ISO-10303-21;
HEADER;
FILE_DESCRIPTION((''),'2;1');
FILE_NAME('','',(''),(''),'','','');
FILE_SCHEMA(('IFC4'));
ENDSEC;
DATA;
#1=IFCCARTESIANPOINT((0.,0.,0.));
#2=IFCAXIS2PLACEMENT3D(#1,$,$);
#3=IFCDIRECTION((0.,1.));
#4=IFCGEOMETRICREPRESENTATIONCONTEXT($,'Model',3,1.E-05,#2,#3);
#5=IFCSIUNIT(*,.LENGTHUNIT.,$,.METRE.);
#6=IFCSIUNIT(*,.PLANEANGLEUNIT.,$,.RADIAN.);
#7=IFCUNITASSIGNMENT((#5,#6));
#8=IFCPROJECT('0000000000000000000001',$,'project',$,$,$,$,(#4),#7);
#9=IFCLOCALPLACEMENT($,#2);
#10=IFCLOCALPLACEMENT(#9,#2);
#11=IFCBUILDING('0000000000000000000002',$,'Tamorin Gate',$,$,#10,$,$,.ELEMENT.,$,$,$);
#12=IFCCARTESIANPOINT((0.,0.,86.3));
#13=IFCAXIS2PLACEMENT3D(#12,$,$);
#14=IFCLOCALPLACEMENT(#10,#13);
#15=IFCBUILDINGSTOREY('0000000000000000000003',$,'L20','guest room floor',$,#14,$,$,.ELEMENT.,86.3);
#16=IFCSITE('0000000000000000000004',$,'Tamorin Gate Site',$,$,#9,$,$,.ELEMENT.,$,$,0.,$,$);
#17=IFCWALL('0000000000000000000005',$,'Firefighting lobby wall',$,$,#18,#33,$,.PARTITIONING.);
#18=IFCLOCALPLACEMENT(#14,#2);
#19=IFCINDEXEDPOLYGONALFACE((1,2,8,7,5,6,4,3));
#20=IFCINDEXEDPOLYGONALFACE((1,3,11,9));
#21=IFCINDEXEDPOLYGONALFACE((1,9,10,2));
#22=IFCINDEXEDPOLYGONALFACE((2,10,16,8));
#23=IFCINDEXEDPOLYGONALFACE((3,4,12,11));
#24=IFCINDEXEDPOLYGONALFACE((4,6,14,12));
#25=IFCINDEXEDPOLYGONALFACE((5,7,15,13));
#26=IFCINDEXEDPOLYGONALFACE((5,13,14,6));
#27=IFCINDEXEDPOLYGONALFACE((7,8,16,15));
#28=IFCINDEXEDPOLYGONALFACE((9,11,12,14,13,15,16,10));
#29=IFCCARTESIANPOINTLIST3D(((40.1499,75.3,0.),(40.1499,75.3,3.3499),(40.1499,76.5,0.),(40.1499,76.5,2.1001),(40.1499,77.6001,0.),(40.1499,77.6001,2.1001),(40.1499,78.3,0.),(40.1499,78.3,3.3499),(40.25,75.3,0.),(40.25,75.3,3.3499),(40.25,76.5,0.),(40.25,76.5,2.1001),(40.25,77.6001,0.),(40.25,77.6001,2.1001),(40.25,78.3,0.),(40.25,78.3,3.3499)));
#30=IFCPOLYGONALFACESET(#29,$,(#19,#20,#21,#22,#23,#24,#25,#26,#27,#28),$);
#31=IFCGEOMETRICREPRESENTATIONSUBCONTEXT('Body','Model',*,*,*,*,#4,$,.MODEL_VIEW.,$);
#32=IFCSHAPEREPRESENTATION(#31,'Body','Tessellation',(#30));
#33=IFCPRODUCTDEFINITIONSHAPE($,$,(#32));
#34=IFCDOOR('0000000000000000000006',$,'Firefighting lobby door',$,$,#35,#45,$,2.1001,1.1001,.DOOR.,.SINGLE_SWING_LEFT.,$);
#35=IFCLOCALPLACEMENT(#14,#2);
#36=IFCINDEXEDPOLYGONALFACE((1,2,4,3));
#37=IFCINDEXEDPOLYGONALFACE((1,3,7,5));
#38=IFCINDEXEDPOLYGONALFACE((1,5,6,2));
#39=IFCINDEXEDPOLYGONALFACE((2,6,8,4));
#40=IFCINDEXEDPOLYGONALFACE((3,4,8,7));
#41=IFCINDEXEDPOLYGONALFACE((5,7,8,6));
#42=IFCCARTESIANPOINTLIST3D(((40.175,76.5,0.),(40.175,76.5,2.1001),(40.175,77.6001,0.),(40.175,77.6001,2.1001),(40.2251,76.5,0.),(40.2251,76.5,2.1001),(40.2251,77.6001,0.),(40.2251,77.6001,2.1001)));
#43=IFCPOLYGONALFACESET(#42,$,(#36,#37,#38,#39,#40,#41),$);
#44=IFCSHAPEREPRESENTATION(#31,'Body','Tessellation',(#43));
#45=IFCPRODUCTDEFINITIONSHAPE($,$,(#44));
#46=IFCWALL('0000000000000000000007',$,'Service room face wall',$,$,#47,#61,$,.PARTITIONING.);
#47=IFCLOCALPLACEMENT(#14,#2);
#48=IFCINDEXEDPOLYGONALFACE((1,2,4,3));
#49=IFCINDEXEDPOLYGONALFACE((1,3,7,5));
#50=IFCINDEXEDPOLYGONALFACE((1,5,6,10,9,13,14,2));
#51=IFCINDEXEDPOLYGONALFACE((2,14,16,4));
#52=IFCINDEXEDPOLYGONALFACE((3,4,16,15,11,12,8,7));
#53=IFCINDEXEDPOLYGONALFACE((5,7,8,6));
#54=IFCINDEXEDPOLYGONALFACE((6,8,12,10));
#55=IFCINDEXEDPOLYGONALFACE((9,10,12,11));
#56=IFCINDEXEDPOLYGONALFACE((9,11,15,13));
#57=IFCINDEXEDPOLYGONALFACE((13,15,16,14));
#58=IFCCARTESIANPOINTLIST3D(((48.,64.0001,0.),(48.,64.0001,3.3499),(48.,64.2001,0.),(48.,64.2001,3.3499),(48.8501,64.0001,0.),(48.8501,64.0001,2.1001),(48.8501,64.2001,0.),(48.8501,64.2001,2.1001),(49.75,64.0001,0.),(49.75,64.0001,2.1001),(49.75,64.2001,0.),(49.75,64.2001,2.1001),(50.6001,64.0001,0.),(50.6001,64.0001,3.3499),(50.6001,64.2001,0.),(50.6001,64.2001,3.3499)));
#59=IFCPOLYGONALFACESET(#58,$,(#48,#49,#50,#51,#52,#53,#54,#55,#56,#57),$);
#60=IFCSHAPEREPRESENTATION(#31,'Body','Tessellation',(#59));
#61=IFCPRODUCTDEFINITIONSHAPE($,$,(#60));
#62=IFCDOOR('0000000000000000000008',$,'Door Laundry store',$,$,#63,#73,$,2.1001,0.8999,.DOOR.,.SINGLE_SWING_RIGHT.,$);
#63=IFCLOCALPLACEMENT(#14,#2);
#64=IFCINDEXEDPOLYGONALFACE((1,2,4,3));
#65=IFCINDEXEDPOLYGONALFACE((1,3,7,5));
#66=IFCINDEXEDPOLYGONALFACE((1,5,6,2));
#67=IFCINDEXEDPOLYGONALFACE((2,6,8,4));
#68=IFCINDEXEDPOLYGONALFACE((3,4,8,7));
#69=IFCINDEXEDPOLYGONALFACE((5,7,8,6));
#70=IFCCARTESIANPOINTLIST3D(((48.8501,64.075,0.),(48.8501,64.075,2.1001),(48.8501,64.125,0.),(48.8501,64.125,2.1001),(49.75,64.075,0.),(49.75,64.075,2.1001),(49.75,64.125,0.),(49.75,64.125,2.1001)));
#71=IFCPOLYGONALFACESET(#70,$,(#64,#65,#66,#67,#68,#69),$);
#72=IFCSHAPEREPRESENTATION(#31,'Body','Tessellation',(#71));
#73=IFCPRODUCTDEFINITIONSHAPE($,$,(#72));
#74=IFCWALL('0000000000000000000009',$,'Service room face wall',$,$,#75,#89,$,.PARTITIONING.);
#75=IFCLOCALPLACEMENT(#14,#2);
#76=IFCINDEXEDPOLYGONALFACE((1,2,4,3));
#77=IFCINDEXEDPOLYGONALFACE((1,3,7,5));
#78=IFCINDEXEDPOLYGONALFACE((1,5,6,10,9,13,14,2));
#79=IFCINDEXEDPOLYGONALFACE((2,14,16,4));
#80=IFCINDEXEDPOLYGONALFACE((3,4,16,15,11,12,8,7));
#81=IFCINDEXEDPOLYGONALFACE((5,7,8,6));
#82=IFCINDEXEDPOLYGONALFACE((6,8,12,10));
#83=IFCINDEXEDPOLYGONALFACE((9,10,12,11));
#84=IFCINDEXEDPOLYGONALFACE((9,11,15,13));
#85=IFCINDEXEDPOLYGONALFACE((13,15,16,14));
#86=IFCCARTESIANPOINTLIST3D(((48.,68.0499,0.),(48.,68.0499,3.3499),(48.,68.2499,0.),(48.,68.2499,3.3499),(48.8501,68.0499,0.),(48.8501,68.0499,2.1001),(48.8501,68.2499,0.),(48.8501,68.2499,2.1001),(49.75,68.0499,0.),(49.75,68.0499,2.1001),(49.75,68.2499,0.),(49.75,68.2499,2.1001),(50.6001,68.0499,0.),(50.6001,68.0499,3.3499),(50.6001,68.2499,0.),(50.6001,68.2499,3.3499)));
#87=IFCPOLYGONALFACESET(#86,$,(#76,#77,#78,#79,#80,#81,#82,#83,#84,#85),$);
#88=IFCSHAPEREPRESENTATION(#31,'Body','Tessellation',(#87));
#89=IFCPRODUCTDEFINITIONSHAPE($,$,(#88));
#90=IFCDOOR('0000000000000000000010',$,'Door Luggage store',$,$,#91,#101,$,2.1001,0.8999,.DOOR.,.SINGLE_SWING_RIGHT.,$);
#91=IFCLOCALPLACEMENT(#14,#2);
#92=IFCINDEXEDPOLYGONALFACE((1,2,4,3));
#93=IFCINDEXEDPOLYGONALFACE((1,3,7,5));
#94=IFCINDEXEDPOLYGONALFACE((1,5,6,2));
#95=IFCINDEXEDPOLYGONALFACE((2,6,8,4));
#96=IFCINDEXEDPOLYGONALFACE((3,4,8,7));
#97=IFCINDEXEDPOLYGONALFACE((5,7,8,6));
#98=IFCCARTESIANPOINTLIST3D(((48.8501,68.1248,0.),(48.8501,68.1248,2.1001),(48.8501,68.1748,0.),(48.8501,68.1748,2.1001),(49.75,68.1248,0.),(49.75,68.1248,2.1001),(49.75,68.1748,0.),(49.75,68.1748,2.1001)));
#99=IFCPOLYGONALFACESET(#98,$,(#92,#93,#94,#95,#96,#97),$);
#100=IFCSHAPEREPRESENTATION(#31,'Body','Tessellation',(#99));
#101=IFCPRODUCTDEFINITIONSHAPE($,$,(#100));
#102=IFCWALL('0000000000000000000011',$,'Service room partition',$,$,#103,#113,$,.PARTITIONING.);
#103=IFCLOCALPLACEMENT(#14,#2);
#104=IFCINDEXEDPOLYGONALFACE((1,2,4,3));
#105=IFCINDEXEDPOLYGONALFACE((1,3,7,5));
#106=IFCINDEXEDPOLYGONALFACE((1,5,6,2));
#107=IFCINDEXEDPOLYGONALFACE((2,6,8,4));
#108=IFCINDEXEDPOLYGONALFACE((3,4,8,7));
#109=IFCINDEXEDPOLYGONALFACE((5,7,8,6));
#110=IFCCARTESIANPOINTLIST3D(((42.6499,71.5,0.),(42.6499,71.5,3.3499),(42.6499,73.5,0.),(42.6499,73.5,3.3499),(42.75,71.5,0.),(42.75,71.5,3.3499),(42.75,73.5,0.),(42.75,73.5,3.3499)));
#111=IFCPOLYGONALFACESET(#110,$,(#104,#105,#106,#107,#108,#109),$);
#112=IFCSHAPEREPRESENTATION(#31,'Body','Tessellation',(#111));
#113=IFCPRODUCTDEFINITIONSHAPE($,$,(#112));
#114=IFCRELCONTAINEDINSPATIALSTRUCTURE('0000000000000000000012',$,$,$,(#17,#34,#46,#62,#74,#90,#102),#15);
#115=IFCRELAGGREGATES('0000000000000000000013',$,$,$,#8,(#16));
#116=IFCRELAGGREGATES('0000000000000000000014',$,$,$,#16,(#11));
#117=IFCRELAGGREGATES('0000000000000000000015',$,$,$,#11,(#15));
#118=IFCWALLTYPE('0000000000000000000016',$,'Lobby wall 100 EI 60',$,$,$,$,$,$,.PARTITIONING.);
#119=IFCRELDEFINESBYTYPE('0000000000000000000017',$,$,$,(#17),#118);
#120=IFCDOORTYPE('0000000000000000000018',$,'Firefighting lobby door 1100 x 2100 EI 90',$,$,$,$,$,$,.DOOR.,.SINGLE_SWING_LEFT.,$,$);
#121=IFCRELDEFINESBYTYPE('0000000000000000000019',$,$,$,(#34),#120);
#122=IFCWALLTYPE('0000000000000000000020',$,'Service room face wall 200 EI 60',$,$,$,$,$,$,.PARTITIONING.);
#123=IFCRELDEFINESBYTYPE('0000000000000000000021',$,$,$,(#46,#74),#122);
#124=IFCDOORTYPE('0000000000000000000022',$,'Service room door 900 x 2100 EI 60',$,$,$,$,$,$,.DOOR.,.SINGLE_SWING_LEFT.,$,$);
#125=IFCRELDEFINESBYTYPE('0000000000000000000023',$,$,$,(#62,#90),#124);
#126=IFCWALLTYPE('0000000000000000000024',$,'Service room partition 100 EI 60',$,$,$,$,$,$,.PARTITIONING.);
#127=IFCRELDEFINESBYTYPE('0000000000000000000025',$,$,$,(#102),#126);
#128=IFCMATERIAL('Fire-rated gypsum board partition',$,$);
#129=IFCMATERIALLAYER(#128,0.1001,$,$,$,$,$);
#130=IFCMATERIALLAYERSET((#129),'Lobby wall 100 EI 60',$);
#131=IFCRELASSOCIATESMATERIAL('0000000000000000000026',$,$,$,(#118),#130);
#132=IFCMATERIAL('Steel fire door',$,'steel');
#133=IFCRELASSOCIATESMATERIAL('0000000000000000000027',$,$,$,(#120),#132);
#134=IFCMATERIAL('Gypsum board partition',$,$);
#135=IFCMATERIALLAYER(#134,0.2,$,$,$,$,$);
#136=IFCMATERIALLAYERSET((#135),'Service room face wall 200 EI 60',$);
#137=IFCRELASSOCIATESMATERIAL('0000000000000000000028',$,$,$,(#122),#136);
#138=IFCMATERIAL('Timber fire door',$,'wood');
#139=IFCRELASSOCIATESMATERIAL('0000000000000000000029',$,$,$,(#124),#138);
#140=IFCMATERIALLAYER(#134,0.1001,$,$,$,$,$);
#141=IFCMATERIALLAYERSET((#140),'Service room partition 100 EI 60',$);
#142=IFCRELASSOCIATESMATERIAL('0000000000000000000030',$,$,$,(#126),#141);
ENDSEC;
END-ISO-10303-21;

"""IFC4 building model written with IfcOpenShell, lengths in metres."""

from ifc_helpers import new_model, si_unit, direction, frame, frame_2d, origin, place, context, subcontext, project, spatial, rectangle, extrude, material, layer, layer_set, type_object, element, fill, save


model = new_model("IFC4")

# Units and contexts
model_context = context("Model", 3, precision=1e-05, world=origin(), true_north=direction((0.0, 1.0)))
body_context = subcontext(model_context, "Body", "Model", "MODEL_VIEW")
ifc_project = project(units=[si_unit("LENGTHUNIT", "METRE"), si_unit("PLANEANGLEUNIT", "RADIAN")], contexts=[model_context])

# Site, building, storey
site_placement = place(None, origin())
site = spatial("IfcSite", under=ifc_project, at=site_placement, Name="Tamorin Gate Site", CompositionType="ELEMENT", RefElevation=0.0)
building_placement = place(site_placement, origin())
building = spatial("IfcBuilding", under=site, at=building_placement, Name="Tamorin Gate", CompositionType="ELEMENT")
storey_placement = place(building_placement, frame((0.0, 0.0, 86.3)))
storey = spatial("IfcBuildingStorey", under=building, at=storey_placement, Name="L20", Description="guest room floor", CompositionType="ELEMENT", Elevation=86.3)

# Shared definitions
ifc_material_1 = material(Name="Fire-rated gypsum board partition")
ifc_layer_1 = layer(ifc_material_1, 0.1001)
ifc_layer_set_1 = layer_set([ifc_layer_1], Name="Lobby wall 100 EI 60")
wall_type_1 = type_object("IfcWallType", Name="Lobby wall 100 EI 60", PredefinedType="PARTITIONING", material=ifc_layer_set_1)

# Walls, openings, doors
wall_1_placement = place(storey_placement, frame((40.2, 75.3, 0.0), z_axis=(0.0, 0.0, 1.0), x_axis=(0.0, 1.0, 0.0)))
wall_1 = element("IfcWall", 1, at=wall_1_placement, inside=storey, type_object=wall_type_1, Name="Firefighting lobby wall", PredefinedType="PARTITIONING", context=body_context, shape_type="SweptSolid", body=[
    extrude(rectangle(XDim=3.0, YDim=0.1001, at=frame_2d((1.5, 0.0))), origin(), (0.0, 0.0, 1.0), 3.3499),
])
opening_1_placement = place(wall_1_placement, frame((1.2, 0.0, 0.0)))
opening_1 = element("IfcOpeningElement", 2, at=opening_1_placement, cuts=wall_1, PredefinedType="OPENING", context=body_context, shape_type="SweptSolid", body=[
    extrude(rectangle(XDim=1.1001, YDim=2.1001, at=frame_2d((0.55, 1.05))), frame((0.0, 0.0601, 0.0), z_axis=(0.0, -1.0, 0.0), x_axis=(1.0, 0.0, 0.0)), (0.0, 0.0, 1.0), 0.1201),
])
ifc_material_2 = material(Name="Steel fire door", Category="steel")
door_type_1 = type_object("IfcDoorType", Name="Firefighting lobby door 1100 x 2100 EI 90", OperationType="SINGLE_SWING_LEFT", PredefinedType="DOOR", material=ifc_material_2)
door_1_placement = place(opening_1_placement, origin())
door_1 = element("IfcDoor", 3, at=door_1_placement, inside=storey, type_object=door_type_1, Name="Firefighting lobby door", OperationType="SINGLE_SWING_LEFT", OverallHeight=2.1001, OverallWidth=1.1001, PredefinedType="DOOR", context=body_context, shape_type="SweptSolid", body=[
    extrude(rectangle(XDim=1.1001, YDim=2.1001, at=frame_2d((0.55, 1.05))), frame((0.0, 0.0249, 0.0), z_axis=(0.0, -1.0, 0.0), x_axis=(1.0, 0.0, 0.0)), (0.0, 0.0, 1.0), 0.05),
])
fill(opening_1, door_1)
ifc_material_3 = material(Name="Gypsum board partition")
ifc_layer_2 = layer(ifc_material_3, 0.2)
ifc_layer_set_2 = layer_set([ifc_layer_2], Name="Service room face wall 200 EI 60")
wall_type_2 = type_object("IfcWallType", Name="Service room face wall 200 EI 60", PredefinedType="PARTITIONING", material=ifc_layer_set_2)
wall_2_placement = place(storey_placement, frame((48.0, 64.1001, 0.0), z_axis=(0.0, 0.0, 1.0), x_axis=(1.0, 0.0, 0.0)))
wall_2 = element("IfcWall", 4, at=wall_2_placement, inside=storey, type_object=wall_type_2, Name="Service room face wall", PredefinedType="PARTITIONING", context=body_context, shape_type="SweptSolid", body=[
    extrude(rectangle(XDim=2.6001, YDim=0.2, at=frame_2d((1.3, 0.0))), origin(), (0.0, 0.0, 1.0), 3.3499),
])
opening_2_placement = place(wall_2_placement, frame((0.8501, 0.0, 0.0)))
opening_2 = element("IfcOpeningElement", 5, at=opening_2_placement, cuts=wall_2, PredefinedType="OPENING", context=body_context, shape_type="SweptSolid", body=[
    extrude(rectangle(XDim=0.8999, YDim=2.1001, at=frame_2d((0.45, 1.05))), frame((0.0, 0.1099, 0.0), z_axis=(0.0, -1.0, 0.0), x_axis=(1.0, 0.0, 0.0)), (0.0, 0.0, 1.0), 0.22),
])
ifc_material_4 = material(Name="Timber fire door", Category="wood")
door_type_2 = type_object("IfcDoorType", Name="Service room door 900 x 2100 EI 60", OperationType="SINGLE_SWING_LEFT", PredefinedType="DOOR", material=ifc_material_4)
door_2_placement = place(opening_2_placement, origin())
door_2 = element("IfcDoor", 6, at=door_2_placement, inside=storey, type_object=door_type_2, Name="Door Laundry store", OperationType="SINGLE_SWING_RIGHT", OverallHeight=2.1001, OverallWidth=0.8999, PredefinedType="DOOR", context=body_context, shape_type="SweptSolid", body=[
    extrude(rectangle(XDim=0.8999, YDim=2.1001, at=frame_2d((0.45, 1.05))), frame((0.0, 0.0249, 0.0), z_axis=(0.0, -1.0, 0.0), x_axis=(1.0, 0.0, 0.0)), (0.0, 0.0, 1.0), 0.05),
])
fill(opening_2, door_2)
wall_3_placement = place(storey_placement, frame((48.0, 68.1499, 0.0), z_axis=(0.0, 0.0, 1.0), x_axis=(1.0, 0.0, 0.0)))
wall_3 = element("IfcWall", 7, at=wall_3_placement, inside=storey, type_object=wall_type_2, Name="Service room face wall", PredefinedType="PARTITIONING", context=body_context, shape_type="SweptSolid", body=[
    extrude(rectangle(XDim=2.6001, YDim=0.2, at=frame_2d((1.3, 0.0))), origin(), (0.0, 0.0, 1.0), 3.3499),
])
opening_3_placement = place(wall_3_placement, frame((0.8501, 0.0, 0.0)))
opening_3 = element("IfcOpeningElement", 8, at=opening_3_placement, cuts=wall_3, PredefinedType="OPENING", context=body_context, shape_type="SweptSolid", body=[
    extrude(rectangle(XDim=0.8999, YDim=2.1001, at=frame_2d((0.45, 1.05))), frame((0.0, 0.1099, 0.0), z_axis=(0.0, -1.0, 0.0), x_axis=(1.0, 0.0, 0.0)), (0.0, 0.0, 1.0), 0.22),
])
door_3_placement = place(opening_3_placement, origin())
door_3 = element("IfcDoor", 9, at=door_3_placement, inside=storey, type_object=door_type_2, Name="Door Luggage store", OperationType="SINGLE_SWING_RIGHT", OverallHeight=2.1001, OverallWidth=0.8999, PredefinedType="DOOR", context=body_context, shape_type="SweptSolid", body=[
    extrude(rectangle(XDim=0.8999, YDim=2.1001, at=frame_2d((0.45, 1.05))), frame((0.0, 0.0249, 0.0), z_axis=(0.0, -1.0, 0.0), x_axis=(1.0, 0.0, 0.0)), (0.0, 0.0, 1.0), 0.05),
])
fill(opening_3, door_3)

# Wall
ifc_layer_3 = layer(ifc_material_3, 0.1001)
ifc_layer_set_3 = layer_set([ifc_layer_3], Name="Service room partition 100 EI 60")
wall_type_3 = type_object("IfcWallType", Name="Service room partition 100 EI 60", PredefinedType="PARTITIONING", material=ifc_layer_set_3)
wall_4_placement = place(storey_placement, frame((42.7, 71.5, 0.0), z_axis=(0.0, 0.0, 1.0), x_axis=(0.0, 1.0, 0.0)))
element("IfcWall", 10, at=wall_4_placement, inside=storey, type_object=wall_type_3, Name="Service room partition", PredefinedType="PARTITIONING", context=body_context, shape_type="SweptSolid", body=[
    extrude(rectangle(XDim=2.0, YDim=0.1001, at=frame_2d((1.0, 0.0))), origin(), (0.0, 0.0, 1.0), 3.3499),
])

save(model, "model.ifc")
